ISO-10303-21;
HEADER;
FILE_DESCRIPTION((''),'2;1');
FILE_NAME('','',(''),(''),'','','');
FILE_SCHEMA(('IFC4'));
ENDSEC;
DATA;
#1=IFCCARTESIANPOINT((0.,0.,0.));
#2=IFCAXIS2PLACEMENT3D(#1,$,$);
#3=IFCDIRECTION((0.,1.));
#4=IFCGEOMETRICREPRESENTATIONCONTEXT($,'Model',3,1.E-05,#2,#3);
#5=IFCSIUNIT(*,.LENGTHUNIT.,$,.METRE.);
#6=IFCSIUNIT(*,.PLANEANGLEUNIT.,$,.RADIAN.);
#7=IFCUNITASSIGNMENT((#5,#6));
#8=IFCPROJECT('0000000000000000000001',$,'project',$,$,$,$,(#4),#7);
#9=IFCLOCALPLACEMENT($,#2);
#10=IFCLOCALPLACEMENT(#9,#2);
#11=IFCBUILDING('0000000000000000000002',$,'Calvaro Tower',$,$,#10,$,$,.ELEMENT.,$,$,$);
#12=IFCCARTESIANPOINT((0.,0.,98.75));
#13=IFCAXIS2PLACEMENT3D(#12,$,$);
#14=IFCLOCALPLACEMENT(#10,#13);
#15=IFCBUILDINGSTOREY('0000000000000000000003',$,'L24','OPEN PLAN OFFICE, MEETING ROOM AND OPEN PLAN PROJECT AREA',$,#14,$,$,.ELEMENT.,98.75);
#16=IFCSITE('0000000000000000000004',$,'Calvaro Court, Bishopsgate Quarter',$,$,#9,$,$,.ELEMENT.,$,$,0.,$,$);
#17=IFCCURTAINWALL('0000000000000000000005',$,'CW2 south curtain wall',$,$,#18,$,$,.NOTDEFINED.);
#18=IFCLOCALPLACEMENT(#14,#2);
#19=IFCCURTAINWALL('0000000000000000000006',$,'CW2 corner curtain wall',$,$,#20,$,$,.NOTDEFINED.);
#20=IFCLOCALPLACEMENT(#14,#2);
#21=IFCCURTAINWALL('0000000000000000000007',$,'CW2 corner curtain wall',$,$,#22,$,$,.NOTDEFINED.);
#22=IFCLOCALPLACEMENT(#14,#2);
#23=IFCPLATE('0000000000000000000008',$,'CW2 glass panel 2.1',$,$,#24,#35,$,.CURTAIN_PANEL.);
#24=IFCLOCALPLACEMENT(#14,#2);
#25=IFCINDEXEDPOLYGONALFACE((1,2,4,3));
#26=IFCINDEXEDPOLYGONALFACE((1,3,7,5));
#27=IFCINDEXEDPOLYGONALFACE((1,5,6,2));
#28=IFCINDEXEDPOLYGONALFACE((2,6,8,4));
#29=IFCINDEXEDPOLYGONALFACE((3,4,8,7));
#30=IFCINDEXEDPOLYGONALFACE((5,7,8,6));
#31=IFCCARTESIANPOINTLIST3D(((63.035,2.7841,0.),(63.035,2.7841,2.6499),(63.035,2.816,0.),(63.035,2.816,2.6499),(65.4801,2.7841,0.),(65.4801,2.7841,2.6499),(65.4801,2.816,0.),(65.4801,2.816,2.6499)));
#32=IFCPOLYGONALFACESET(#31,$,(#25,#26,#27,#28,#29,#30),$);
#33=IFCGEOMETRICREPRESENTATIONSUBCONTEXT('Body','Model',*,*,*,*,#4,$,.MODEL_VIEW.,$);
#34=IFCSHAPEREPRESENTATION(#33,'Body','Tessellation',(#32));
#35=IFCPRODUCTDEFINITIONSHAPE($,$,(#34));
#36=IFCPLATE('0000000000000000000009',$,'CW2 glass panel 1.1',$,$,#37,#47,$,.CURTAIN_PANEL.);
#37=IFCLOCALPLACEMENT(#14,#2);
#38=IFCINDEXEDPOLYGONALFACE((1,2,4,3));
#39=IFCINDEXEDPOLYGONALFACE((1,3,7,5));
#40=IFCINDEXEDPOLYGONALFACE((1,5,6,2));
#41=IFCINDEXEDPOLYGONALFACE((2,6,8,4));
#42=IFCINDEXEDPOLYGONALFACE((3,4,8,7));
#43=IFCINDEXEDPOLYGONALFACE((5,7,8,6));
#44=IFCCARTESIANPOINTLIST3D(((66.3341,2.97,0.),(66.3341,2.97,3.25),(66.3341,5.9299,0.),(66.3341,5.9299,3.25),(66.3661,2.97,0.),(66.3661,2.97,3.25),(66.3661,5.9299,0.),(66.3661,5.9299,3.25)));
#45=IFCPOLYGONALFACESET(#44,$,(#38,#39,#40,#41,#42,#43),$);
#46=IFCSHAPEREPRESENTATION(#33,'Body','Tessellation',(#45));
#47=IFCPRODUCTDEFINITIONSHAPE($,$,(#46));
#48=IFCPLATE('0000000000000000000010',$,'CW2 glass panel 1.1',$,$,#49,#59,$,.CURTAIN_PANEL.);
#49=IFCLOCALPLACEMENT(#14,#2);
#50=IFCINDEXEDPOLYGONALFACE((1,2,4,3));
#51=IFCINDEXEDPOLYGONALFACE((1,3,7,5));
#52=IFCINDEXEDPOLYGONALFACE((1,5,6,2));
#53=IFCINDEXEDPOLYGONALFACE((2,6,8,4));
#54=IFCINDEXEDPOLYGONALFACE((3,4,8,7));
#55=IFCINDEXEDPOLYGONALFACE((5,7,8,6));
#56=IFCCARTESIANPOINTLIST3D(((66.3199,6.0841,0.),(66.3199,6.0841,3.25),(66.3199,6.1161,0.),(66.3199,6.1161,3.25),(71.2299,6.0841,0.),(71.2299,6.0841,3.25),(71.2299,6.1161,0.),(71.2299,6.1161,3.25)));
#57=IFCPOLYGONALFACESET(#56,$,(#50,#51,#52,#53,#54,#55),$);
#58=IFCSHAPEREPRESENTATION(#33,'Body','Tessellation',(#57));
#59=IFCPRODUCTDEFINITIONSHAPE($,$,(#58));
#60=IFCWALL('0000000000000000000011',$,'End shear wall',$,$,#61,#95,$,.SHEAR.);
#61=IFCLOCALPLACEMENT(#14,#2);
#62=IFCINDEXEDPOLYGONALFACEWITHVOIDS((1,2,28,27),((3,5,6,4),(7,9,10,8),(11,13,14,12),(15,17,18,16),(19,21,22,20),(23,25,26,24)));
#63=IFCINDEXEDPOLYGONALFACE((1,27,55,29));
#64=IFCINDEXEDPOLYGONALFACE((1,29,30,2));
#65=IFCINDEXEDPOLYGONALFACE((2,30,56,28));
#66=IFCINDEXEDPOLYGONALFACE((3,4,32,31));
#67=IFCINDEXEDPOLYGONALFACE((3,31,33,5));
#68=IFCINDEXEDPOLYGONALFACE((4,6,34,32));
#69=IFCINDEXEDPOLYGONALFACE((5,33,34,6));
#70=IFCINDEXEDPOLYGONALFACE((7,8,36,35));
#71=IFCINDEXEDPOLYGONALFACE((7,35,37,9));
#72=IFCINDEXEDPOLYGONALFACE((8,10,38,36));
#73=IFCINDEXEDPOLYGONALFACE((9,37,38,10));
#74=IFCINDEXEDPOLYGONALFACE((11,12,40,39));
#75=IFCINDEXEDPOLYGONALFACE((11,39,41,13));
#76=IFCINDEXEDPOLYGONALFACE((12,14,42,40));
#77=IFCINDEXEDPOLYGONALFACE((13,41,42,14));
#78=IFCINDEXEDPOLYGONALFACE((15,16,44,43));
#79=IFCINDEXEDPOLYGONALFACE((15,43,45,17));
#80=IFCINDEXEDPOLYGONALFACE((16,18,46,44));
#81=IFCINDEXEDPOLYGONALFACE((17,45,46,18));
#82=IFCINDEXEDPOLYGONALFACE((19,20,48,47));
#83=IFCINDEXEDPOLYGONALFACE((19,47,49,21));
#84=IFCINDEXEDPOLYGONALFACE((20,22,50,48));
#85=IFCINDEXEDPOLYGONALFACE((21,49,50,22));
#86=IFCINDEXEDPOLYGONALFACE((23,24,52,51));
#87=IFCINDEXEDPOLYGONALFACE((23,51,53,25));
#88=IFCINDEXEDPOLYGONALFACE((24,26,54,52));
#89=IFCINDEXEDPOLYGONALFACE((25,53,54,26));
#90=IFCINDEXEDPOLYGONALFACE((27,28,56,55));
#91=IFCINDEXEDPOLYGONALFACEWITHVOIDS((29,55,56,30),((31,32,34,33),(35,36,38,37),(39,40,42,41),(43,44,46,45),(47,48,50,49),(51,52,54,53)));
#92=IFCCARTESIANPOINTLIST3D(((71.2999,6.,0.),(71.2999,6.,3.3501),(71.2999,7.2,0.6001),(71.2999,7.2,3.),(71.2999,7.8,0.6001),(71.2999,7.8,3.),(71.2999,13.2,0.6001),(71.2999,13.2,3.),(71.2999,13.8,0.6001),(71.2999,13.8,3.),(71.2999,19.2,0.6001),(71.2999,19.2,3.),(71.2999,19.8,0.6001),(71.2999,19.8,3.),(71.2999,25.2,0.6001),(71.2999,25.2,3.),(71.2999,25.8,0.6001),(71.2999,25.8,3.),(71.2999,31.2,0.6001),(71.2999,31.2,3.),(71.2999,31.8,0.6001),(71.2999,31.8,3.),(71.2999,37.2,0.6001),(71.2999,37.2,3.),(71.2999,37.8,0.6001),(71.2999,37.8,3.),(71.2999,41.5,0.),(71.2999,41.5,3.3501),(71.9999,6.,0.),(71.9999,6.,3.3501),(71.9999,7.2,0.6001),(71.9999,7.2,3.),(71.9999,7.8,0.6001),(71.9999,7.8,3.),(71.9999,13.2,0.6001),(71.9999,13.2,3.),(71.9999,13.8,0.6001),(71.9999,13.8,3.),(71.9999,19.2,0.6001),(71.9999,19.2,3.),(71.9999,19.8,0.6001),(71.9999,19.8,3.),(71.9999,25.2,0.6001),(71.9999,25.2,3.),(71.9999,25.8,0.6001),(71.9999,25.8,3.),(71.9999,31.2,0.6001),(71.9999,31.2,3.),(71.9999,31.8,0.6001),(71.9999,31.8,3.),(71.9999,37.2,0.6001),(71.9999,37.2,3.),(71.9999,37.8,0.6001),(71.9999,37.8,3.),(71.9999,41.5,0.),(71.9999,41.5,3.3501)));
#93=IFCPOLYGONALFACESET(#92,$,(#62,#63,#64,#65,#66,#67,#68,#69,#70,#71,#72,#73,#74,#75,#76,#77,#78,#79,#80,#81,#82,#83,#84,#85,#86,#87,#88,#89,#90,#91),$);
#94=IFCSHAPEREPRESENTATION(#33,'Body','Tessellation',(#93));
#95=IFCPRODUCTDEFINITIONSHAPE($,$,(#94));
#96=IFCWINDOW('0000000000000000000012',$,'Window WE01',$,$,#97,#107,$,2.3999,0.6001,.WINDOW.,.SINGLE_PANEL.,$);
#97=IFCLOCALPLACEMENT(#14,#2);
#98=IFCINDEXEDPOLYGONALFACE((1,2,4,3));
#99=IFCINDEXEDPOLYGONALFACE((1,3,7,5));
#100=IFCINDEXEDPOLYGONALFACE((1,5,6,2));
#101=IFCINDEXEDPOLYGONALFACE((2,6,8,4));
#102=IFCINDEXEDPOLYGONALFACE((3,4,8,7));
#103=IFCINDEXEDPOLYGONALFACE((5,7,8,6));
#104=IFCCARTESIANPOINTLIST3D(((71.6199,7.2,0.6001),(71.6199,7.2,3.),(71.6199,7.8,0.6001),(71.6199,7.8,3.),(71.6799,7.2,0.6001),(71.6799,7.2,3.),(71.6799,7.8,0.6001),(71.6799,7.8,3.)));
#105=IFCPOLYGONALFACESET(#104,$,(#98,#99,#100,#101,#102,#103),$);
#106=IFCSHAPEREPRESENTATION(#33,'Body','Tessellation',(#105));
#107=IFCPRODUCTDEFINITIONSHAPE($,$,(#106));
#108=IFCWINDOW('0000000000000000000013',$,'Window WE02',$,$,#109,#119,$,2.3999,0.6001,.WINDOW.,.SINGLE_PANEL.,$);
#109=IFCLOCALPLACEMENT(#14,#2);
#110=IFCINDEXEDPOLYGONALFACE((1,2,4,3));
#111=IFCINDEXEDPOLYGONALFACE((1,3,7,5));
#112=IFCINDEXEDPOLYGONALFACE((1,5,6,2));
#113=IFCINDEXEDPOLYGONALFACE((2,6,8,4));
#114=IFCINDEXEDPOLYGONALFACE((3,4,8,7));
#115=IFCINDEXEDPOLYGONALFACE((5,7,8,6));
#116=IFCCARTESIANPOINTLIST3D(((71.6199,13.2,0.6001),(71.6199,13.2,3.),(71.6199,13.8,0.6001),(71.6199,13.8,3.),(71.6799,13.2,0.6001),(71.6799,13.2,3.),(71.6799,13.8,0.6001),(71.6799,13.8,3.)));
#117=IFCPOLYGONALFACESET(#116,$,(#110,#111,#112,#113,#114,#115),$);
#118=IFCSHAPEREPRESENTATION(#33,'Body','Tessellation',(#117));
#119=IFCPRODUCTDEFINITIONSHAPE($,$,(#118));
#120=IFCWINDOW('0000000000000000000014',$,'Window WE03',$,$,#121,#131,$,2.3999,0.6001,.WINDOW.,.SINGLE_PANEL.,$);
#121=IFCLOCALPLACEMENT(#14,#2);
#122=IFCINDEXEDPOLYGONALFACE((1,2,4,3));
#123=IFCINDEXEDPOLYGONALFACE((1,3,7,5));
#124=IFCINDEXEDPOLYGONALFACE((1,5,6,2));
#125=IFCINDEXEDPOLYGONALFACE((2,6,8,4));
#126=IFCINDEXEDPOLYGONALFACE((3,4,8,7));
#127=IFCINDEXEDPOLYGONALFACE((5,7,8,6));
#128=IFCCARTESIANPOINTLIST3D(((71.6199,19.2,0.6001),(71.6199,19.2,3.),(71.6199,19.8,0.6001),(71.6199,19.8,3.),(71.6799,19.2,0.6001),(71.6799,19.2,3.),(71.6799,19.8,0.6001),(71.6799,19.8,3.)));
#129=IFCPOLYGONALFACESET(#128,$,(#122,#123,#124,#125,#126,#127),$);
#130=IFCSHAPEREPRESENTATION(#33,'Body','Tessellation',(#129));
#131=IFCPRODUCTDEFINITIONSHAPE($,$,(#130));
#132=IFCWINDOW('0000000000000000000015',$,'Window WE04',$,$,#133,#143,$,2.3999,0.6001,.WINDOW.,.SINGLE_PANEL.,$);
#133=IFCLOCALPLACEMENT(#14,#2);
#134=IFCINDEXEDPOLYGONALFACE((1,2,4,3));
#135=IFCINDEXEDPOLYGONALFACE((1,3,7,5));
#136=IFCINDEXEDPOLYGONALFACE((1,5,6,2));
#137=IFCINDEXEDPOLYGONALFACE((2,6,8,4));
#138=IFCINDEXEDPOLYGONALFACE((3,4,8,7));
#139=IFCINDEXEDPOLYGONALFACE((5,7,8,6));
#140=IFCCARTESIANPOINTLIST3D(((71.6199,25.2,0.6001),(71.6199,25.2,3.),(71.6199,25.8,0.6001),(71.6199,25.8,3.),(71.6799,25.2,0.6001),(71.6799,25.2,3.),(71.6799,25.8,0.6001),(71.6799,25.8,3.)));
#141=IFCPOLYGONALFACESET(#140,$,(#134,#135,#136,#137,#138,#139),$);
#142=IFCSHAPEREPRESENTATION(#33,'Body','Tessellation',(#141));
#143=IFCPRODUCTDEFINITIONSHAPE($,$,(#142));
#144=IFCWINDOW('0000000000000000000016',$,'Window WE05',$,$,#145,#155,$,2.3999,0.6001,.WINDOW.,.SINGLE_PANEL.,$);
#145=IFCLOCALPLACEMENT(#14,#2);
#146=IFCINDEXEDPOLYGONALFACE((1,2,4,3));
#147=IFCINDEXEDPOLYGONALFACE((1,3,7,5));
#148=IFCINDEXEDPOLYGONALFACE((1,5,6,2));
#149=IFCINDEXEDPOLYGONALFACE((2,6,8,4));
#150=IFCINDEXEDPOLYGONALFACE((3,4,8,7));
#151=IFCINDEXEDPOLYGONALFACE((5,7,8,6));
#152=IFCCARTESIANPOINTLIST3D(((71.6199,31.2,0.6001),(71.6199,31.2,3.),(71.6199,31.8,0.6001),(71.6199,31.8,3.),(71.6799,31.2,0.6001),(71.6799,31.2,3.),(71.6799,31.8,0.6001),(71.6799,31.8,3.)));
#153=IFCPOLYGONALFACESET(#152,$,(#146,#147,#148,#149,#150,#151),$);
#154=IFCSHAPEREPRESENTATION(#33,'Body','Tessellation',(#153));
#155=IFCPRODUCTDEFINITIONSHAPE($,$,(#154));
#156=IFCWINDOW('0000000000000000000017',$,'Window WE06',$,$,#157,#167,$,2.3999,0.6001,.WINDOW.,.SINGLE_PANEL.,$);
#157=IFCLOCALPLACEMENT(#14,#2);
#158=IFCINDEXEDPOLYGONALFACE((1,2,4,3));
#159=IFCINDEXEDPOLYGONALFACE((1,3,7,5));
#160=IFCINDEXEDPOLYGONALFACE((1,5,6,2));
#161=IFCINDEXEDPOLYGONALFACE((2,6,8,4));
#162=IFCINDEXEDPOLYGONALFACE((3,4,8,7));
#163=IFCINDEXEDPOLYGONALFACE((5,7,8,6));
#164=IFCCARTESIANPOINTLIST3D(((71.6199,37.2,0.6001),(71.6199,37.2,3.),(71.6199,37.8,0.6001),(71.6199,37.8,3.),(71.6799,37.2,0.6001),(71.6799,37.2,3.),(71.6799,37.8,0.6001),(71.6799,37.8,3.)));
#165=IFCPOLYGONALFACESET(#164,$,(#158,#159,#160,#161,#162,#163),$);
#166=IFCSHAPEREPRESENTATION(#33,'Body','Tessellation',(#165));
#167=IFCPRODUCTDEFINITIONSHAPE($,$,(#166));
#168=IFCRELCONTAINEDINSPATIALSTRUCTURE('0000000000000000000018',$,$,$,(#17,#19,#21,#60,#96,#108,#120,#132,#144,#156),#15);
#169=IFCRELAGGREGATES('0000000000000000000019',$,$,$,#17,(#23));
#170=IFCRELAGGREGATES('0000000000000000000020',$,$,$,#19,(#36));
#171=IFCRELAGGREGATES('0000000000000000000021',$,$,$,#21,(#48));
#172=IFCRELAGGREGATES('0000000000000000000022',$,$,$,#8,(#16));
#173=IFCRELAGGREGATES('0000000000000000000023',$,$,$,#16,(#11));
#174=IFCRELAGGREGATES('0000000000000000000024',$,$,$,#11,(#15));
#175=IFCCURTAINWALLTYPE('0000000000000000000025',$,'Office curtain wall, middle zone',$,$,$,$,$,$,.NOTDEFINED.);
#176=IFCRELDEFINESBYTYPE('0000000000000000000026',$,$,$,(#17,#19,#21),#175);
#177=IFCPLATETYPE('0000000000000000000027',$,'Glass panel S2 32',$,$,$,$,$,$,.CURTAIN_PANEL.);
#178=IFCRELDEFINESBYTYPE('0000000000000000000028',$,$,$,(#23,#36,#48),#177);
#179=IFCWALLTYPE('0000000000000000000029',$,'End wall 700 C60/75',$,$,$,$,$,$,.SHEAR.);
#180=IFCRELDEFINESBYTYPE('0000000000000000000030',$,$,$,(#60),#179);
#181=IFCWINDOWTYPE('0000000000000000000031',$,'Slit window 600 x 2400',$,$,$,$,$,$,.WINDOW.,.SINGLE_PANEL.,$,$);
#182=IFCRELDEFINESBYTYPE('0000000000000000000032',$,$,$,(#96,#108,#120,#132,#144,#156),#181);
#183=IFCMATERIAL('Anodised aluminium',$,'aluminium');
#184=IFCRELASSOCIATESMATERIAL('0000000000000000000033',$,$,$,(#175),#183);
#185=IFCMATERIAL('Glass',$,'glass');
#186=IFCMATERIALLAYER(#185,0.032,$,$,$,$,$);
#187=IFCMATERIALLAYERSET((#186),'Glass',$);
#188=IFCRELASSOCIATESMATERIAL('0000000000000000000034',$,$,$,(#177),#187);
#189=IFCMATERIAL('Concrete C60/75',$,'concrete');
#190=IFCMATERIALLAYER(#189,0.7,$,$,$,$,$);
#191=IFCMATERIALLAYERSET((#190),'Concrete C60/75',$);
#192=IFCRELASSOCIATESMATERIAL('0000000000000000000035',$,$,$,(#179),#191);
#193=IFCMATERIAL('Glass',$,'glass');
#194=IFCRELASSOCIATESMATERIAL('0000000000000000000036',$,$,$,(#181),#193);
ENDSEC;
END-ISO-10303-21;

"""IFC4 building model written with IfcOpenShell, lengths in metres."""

from ifc_helpers import new_model, si_unit, direction, frame, frame_2d, origin, origin_2d, place, context, subcontext, project, spatial, rectangle, extrude, material, layer, layer_set, type_object, element, fill, aggregate, save


model = new_model("IFC4")

# Units and contexts
model_context = context("Model", 3, precision=1e-05, world=origin(), true_north=direction((0.0, 1.0)))
body_context = subcontext(model_context, "Body", "Model", "MODEL_VIEW")
ifc_project = project(units=[si_unit("LENGTHUNIT", "METRE"), si_unit("PLANEANGLEUNIT", "RADIAN")], contexts=[model_context])

# Site, building, storey
site_placement = place(None, origin())
site = spatial("IfcSite", under=ifc_project, at=site_placement, Name="Calvaro Court, Bishopsgate Quarter", CompositionType="ELEMENT", RefElevation=0.0)
building_placement = place(site_placement, origin())
building = spatial("IfcBuilding", under=site, at=building_placement, Name="Calvaro Tower", CompositionType="ELEMENT")
storey_placement = place(building_placement, frame((0.0, 0.0, 98.75)))
storey = spatial("IfcBuildingStorey", under=building, at=storey_placement, Name="L24", Description="OPEN PLAN OFFICE, MEETING ROOM AND OPEN PLAN PROJECT AREA", CompositionType="ELEMENT", Elevation=98.75)

# Curtain walls
ifc_material_1 = material(Name="Anodised aluminium", Category="aluminium")
curtain_wall_type = type_object("IfcCurtainWallType", Name="Office curtain wall, middle zone", PredefinedType="NOTDEFINED", material=ifc_material_1)
curtain_wall_1_placement = place(storey_placement, origin())
curtain_wall_1 = element("IfcCurtainWall", 1, at=curtain_wall_1_placement, inside=storey, type_object=curtain_wall_type, Name="CW2 south curtain wall", PredefinedType="NOTDEFINED")
curtain_wall_2_placement = place(storey_placement, origin())
curtain_wall_2 = element("IfcCurtainWall", 2, at=curtain_wall_2_placement, inside=storey, type_object=curtain_wall_type, Name="CW2 corner curtain wall", PredefinedType="NOTDEFINED")
curtain_wall_3_placement = place(storey_placement, origin())
curtain_wall_3 = element("IfcCurtainWall", 3, at=curtain_wall_3_placement, inside=storey, type_object=curtain_wall_type, Name="CW2 corner curtain wall", PredefinedType="NOTDEFINED")

# Plates
ifc_material_2 = material(Name="Glass", Category="glass")
ifc_layer_1 = layer(ifc_material_2, 0.032)
ifc_layer_set_1 = layer_set([ifc_layer_1], Name="Glass")
plate_type = type_object("IfcPlateType", Name="Glass panel S2 32", PredefinedType="CURTAIN_PANEL", material=ifc_layer_set_1)
plate_1_placement = place(storey_placement, frame((64.2576, 2.8, 0.0), z_axis=(0.0, 0.0, 1.0), x_axis=(1.0, 0.0, 0.0)))
plate_1 = element("IfcPlate", 4, at=plate_1_placement, type_object=plate_type, Name="CW2 glass panel 2.1", PredefinedType="CURTAIN_PANEL", context=body_context, shape_type="SweptSolid", body=[
    extrude(rectangle(XDim=2.4451, YDim=0.032, at=origin_2d()), origin(), (0.0, 0.0, 1.0), 2.6499),
])
aggregate(curtain_wall_1, [plate_1])
plate_2_placement = place(storey_placement, frame((66.3501, 4.45, 0.0), z_axis=(0.0, 0.0, 1.0), x_axis=(0.0, 1.0, 0.0)))
plate_2 = element("IfcPlate", 5, at=plate_2_placement, type_object=plate_type, Name="CW2 glass panel 1.1", PredefinedType="CURTAIN_PANEL", context=body_context, shape_type="SweptSolid", body=[
    extrude(rectangle(XDim=2.96, YDim=0.032, at=origin_2d()), origin(), (0.0, 0.0, 1.0), 3.25),
])
aggregate(curtain_wall_2, [plate_2])
plate_3_placement = place(storey_placement, frame((68.7749, 6.1001, 0.0), z_axis=(0.0, 0.0, 1.0), x_axis=(1.0, 0.0, 0.0)))
plate_3 = element("IfcPlate", 6, at=plate_3_placement, type_object=plate_type, Name="CW2 glass panel 1.1", PredefinedType="CURTAIN_PANEL", context=body_context, shape_type="SweptSolid", body=[
    extrude(rectangle(XDim=4.9099, YDim=0.032, at=origin_2d()), origin(), (0.0, 0.0, 1.0), 3.25),
])
aggregate(curtain_wall_3, [plate_3])

# Wall, openings, windows
ifc_material_3 = material(Name="Concrete C60/75", Category="concrete")
ifc_layer_2 = layer(ifc_material_3, 0.7)
ifc_layer_set_2 = layer_set([ifc_layer_2], Name="Concrete C60/75")
wall_type = type_object("IfcWallType", Name="End wall 700 C60/75", PredefinedType="SHEAR", material=ifc_layer_set_2)
wall_placement = place(storey_placement, frame((71.6499, 6.0, 0.0), z_axis=(0.0, 0.0, 1.0), x_axis=(0.0, 1.0, 0.0)))
wall = element("IfcWall", 7, at=wall_placement, inside=storey, type_object=wall_type, Name="End shear wall", PredefinedType="SHEAR", context=body_context, shape_type="SweptSolid", body=[
    extrude(rectangle(XDim=35.5, YDim=0.7, at=frame_2d((17.75, 0.0))), origin(), (0.0, 0.0, 1.0), 3.3501),
])
opening_1_placement = place(wall_placement, frame((1.2, 0.0, 0.6001)))
opening_1 = element("IfcOpeningElement", 8, at=opening_1_placement, cuts=wall, PredefinedType="OPENING", context=body_context, shape_type="SweptSolid", body=[
    extrude(rectangle(XDim=0.6001, YDim=2.3999, at=frame_2d((0.3, 1.2))), frame((0.0, 0.3599, 0.0), z_axis=(0.0, -1.0, 0.0), x_axis=(1.0, 0.0, 0.0)), (0.0, 0.0, 1.0), 0.72),
])
opening_2_placement = place(wall_placement, frame((7.2, 0.0, 0.6001)))
opening_2 = element("IfcOpeningElement", 9, at=opening_2_placement, cuts=wall, PredefinedType="OPENING", context=body_context, shape_type="SweptSolid", body=[
    extrude(rectangle(XDim=0.6001, YDim=2.3999, at=frame_2d((0.3, 1.2))), frame((0.0, 0.3599, 0.0), z_axis=(0.0, -1.0, 0.0), x_axis=(1.0, 0.0, 0.0)), (0.0, 0.0, 1.0), 0.72),
])
opening_3_placement = place(wall_placement, frame((13.2, 0.0, 0.6001)))
opening_3 = element("IfcOpeningElement", 10, at=opening_3_placement, cuts=wall, PredefinedType="OPENING", context=body_context, shape_type="SweptSolid", body=[
    extrude(rectangle(XDim=0.6001, YDim=2.3999, at=frame_2d((0.3, 1.2))), frame((0.0, 0.3599, 0.0), z_axis=(0.0, -1.0, 0.0), x_axis=(1.0, 0.0, 0.0)), (0.0, 0.0, 1.0), 0.72),
])
opening_4_placement = place(wall_placement, frame((19.2, 0.0, 0.6001)))
opening_4 = element("IfcOpeningElement", 11, at=opening_4_placement, cuts=wall, PredefinedType="OPENING", context=body_context, shape_type="SweptSolid", body=[
    extrude(rectangle(XDim=0.6001, YDim=2.3999, at=frame_2d((0.3, 1.2))), frame((0.0, 0.3599, 0.0), z_axis=(0.0, -1.0, 0.0), x_axis=(1.0, 0.0, 0.0)), (0.0, 0.0, 1.0), 0.72),
])
opening_5_placement = place(wall_placement, frame((25.2, 0.0, 0.6001)))
opening_5 = element("IfcOpeningElement", 12, at=opening_5_placement, cuts=wall, PredefinedType="OPENING", context=body_context, shape_type="SweptSolid", body=[
    extrude(rectangle(XDim=0.6001, YDim=2.3999, at=frame_2d((0.3, 1.2))), frame((0.0, 0.3599, 0.0), z_axis=(0.0, -1.0, 0.0), x_axis=(1.0, 0.0, 0.0)), (0.0, 0.0, 1.0), 0.72),
])
opening_6_placement = place(wall_placement, frame((31.2, 0.0, 0.6001)))
opening_6 = element("IfcOpeningElement", 13, at=opening_6_placement, cuts=wall, PredefinedType="OPENING", context=body_context, shape_type="SweptSolid", body=[
    extrude(rectangle(XDim=0.6001, YDim=2.3999, at=frame_2d((0.3, 1.2))), frame((0.0, 0.3599, 0.0), z_axis=(0.0, -1.0, 0.0), x_axis=(1.0, 0.0, 0.0)), (0.0, 0.0, 1.0), 0.72),
])
ifc_material_4 = material(Name="Glass", Category="glass")
window_type = type_object("IfcWindowType", Name="Slit window 600 x 2400", PartitioningType="SINGLE_PANEL", PredefinedType="WINDOW", material=ifc_material_4)
window_1_placement = place(opening_1_placement, origin())
window_1 = element("IfcWindow", 14, at=window_1_placement, inside=storey, type_object=window_type, Name="Window WE01", OverallHeight=2.3999, OverallWidth=0.6001, PartitioningType="SINGLE_PANEL", PredefinedType="WINDOW", context=body_context, shape_type="SweptSolid", body=[
    extrude(rectangle(XDim=0.6001, YDim=2.3999, at=frame_2d((0.3, 1.2))), frame((0.0, 0.03, 0.0), z_axis=(0.0, -1.0, 0.0), x_axis=(1.0, 0.0, 0.0)), (0.0, 0.0, 1.0), 0.0601),
])
fill(opening_1, window_1)
window_2_placement = place(opening_2_placement, origin())
window_2 = element("IfcWindow", 15, at=window_2_placement, inside=storey, type_object=window_type, Name="Window WE02", OverallHeight=2.3999, OverallWidth=0.6001, PartitioningType="SINGLE_PANEL", PredefinedType="WINDOW", context=body_context, shape_type="SweptSolid", body=[
    extrude(rectangle(XDim=0.6001, YDim=2.3999, at=frame_2d((0.3, 1.2))), frame((0.0, 0.03, 0.0), z_axis=(0.0, -1.0, 0.0), x_axis=(1.0, 0.0, 0.0)), (0.0, 0.0, 1.0), 0.0601),
])
fill(opening_2, window_2)
window_3_placement = place(opening_3_placement, origin())
window_3 = element("IfcWindow", 16, at=window_3_placement, inside=storey, type_object=window_type, Name="Window WE03", OverallHeight=2.3999, OverallWidth=0.6001, PartitioningType="SINGLE_PANEL", PredefinedType="WINDOW", context=body_context, shape_type="SweptSolid", body=[
    extrude(rectangle(XDim=0.6001, YDim=2.3999, at=frame_2d((0.3, 1.2))), frame((0.0, 0.03, 0.0), z_axis=(0.0, -1.0, 0.0), x_axis=(1.0, 0.0, 0.0)), (0.0, 0.0, 1.0), 0.0601),
])
fill(opening_3, window_3)
window_4_placement = place(opening_4_placement, origin())
window_4 = element("IfcWindow", 17, at=window_4_placement, inside=storey, type_object=window_type, Name="Window WE04", OverallHeight=2.3999, OverallWidth=0.6001, PartitioningType="SINGLE_PANEL", PredefinedType="WINDOW", context=body_context, shape_type="SweptSolid", body=[
    extrude(rectangle(XDim=0.6001, YDim=2.3999, at=frame_2d((0.3, 1.2))), frame((0.0, 0.03, 0.0), z_axis=(0.0, -1.0, 0.0), x_axis=(1.0, 0.0, 0.0)), (0.0, 0.0, 1.0), 0.0601),
])
fill(opening_4, window_4)
window_5_placement = place(opening_5_placement, origin())
window_5 = element("IfcWindow", 18, at=window_5_placement, inside=storey, type_object=window_type, Name="Window WE05", OverallHeight=2.3999, OverallWidth=0.6001, PartitioningType="SINGLE_PANEL", PredefinedType="WINDOW", context=body_context, shape_type="SweptSolid", body=[
    extrude(rectangle(XDim=0.6001, YDim=2.3999, at=frame_2d((0.3, 1.2))), frame((0.0, 0.03, 0.0), z_axis=(0.0, -1.0, 0.0), x_axis=(1.0, 0.0, 0.0)), (0.0, 0.0, 1.0), 0.0601),
])
fill(opening_5, window_5)
window_6_placement = place(opening_6_placement, origin())
window_6 = element("IfcWindow", 19, at=window_6_placement, inside=storey, type_object=window_type, Name="Window WE06", OverallHeight=2.3999, OverallWidth=0.6001, PartitioningType="SINGLE_PANEL", PredefinedType="WINDOW", context=body_context, shape_type="SweptSolid", body=[
    extrude(rectangle(XDim=0.6001, YDim=2.3999, at=frame_2d((0.3, 1.2))), frame((0.0, 0.03, 0.0), z_axis=(0.0, -1.0, 0.0), x_axis=(1.0, 0.0, 0.0)), (0.0, 0.0, 1.0), 0.0601),
])
fill(opening_6, window_6)

save(model, "model.ifc")
